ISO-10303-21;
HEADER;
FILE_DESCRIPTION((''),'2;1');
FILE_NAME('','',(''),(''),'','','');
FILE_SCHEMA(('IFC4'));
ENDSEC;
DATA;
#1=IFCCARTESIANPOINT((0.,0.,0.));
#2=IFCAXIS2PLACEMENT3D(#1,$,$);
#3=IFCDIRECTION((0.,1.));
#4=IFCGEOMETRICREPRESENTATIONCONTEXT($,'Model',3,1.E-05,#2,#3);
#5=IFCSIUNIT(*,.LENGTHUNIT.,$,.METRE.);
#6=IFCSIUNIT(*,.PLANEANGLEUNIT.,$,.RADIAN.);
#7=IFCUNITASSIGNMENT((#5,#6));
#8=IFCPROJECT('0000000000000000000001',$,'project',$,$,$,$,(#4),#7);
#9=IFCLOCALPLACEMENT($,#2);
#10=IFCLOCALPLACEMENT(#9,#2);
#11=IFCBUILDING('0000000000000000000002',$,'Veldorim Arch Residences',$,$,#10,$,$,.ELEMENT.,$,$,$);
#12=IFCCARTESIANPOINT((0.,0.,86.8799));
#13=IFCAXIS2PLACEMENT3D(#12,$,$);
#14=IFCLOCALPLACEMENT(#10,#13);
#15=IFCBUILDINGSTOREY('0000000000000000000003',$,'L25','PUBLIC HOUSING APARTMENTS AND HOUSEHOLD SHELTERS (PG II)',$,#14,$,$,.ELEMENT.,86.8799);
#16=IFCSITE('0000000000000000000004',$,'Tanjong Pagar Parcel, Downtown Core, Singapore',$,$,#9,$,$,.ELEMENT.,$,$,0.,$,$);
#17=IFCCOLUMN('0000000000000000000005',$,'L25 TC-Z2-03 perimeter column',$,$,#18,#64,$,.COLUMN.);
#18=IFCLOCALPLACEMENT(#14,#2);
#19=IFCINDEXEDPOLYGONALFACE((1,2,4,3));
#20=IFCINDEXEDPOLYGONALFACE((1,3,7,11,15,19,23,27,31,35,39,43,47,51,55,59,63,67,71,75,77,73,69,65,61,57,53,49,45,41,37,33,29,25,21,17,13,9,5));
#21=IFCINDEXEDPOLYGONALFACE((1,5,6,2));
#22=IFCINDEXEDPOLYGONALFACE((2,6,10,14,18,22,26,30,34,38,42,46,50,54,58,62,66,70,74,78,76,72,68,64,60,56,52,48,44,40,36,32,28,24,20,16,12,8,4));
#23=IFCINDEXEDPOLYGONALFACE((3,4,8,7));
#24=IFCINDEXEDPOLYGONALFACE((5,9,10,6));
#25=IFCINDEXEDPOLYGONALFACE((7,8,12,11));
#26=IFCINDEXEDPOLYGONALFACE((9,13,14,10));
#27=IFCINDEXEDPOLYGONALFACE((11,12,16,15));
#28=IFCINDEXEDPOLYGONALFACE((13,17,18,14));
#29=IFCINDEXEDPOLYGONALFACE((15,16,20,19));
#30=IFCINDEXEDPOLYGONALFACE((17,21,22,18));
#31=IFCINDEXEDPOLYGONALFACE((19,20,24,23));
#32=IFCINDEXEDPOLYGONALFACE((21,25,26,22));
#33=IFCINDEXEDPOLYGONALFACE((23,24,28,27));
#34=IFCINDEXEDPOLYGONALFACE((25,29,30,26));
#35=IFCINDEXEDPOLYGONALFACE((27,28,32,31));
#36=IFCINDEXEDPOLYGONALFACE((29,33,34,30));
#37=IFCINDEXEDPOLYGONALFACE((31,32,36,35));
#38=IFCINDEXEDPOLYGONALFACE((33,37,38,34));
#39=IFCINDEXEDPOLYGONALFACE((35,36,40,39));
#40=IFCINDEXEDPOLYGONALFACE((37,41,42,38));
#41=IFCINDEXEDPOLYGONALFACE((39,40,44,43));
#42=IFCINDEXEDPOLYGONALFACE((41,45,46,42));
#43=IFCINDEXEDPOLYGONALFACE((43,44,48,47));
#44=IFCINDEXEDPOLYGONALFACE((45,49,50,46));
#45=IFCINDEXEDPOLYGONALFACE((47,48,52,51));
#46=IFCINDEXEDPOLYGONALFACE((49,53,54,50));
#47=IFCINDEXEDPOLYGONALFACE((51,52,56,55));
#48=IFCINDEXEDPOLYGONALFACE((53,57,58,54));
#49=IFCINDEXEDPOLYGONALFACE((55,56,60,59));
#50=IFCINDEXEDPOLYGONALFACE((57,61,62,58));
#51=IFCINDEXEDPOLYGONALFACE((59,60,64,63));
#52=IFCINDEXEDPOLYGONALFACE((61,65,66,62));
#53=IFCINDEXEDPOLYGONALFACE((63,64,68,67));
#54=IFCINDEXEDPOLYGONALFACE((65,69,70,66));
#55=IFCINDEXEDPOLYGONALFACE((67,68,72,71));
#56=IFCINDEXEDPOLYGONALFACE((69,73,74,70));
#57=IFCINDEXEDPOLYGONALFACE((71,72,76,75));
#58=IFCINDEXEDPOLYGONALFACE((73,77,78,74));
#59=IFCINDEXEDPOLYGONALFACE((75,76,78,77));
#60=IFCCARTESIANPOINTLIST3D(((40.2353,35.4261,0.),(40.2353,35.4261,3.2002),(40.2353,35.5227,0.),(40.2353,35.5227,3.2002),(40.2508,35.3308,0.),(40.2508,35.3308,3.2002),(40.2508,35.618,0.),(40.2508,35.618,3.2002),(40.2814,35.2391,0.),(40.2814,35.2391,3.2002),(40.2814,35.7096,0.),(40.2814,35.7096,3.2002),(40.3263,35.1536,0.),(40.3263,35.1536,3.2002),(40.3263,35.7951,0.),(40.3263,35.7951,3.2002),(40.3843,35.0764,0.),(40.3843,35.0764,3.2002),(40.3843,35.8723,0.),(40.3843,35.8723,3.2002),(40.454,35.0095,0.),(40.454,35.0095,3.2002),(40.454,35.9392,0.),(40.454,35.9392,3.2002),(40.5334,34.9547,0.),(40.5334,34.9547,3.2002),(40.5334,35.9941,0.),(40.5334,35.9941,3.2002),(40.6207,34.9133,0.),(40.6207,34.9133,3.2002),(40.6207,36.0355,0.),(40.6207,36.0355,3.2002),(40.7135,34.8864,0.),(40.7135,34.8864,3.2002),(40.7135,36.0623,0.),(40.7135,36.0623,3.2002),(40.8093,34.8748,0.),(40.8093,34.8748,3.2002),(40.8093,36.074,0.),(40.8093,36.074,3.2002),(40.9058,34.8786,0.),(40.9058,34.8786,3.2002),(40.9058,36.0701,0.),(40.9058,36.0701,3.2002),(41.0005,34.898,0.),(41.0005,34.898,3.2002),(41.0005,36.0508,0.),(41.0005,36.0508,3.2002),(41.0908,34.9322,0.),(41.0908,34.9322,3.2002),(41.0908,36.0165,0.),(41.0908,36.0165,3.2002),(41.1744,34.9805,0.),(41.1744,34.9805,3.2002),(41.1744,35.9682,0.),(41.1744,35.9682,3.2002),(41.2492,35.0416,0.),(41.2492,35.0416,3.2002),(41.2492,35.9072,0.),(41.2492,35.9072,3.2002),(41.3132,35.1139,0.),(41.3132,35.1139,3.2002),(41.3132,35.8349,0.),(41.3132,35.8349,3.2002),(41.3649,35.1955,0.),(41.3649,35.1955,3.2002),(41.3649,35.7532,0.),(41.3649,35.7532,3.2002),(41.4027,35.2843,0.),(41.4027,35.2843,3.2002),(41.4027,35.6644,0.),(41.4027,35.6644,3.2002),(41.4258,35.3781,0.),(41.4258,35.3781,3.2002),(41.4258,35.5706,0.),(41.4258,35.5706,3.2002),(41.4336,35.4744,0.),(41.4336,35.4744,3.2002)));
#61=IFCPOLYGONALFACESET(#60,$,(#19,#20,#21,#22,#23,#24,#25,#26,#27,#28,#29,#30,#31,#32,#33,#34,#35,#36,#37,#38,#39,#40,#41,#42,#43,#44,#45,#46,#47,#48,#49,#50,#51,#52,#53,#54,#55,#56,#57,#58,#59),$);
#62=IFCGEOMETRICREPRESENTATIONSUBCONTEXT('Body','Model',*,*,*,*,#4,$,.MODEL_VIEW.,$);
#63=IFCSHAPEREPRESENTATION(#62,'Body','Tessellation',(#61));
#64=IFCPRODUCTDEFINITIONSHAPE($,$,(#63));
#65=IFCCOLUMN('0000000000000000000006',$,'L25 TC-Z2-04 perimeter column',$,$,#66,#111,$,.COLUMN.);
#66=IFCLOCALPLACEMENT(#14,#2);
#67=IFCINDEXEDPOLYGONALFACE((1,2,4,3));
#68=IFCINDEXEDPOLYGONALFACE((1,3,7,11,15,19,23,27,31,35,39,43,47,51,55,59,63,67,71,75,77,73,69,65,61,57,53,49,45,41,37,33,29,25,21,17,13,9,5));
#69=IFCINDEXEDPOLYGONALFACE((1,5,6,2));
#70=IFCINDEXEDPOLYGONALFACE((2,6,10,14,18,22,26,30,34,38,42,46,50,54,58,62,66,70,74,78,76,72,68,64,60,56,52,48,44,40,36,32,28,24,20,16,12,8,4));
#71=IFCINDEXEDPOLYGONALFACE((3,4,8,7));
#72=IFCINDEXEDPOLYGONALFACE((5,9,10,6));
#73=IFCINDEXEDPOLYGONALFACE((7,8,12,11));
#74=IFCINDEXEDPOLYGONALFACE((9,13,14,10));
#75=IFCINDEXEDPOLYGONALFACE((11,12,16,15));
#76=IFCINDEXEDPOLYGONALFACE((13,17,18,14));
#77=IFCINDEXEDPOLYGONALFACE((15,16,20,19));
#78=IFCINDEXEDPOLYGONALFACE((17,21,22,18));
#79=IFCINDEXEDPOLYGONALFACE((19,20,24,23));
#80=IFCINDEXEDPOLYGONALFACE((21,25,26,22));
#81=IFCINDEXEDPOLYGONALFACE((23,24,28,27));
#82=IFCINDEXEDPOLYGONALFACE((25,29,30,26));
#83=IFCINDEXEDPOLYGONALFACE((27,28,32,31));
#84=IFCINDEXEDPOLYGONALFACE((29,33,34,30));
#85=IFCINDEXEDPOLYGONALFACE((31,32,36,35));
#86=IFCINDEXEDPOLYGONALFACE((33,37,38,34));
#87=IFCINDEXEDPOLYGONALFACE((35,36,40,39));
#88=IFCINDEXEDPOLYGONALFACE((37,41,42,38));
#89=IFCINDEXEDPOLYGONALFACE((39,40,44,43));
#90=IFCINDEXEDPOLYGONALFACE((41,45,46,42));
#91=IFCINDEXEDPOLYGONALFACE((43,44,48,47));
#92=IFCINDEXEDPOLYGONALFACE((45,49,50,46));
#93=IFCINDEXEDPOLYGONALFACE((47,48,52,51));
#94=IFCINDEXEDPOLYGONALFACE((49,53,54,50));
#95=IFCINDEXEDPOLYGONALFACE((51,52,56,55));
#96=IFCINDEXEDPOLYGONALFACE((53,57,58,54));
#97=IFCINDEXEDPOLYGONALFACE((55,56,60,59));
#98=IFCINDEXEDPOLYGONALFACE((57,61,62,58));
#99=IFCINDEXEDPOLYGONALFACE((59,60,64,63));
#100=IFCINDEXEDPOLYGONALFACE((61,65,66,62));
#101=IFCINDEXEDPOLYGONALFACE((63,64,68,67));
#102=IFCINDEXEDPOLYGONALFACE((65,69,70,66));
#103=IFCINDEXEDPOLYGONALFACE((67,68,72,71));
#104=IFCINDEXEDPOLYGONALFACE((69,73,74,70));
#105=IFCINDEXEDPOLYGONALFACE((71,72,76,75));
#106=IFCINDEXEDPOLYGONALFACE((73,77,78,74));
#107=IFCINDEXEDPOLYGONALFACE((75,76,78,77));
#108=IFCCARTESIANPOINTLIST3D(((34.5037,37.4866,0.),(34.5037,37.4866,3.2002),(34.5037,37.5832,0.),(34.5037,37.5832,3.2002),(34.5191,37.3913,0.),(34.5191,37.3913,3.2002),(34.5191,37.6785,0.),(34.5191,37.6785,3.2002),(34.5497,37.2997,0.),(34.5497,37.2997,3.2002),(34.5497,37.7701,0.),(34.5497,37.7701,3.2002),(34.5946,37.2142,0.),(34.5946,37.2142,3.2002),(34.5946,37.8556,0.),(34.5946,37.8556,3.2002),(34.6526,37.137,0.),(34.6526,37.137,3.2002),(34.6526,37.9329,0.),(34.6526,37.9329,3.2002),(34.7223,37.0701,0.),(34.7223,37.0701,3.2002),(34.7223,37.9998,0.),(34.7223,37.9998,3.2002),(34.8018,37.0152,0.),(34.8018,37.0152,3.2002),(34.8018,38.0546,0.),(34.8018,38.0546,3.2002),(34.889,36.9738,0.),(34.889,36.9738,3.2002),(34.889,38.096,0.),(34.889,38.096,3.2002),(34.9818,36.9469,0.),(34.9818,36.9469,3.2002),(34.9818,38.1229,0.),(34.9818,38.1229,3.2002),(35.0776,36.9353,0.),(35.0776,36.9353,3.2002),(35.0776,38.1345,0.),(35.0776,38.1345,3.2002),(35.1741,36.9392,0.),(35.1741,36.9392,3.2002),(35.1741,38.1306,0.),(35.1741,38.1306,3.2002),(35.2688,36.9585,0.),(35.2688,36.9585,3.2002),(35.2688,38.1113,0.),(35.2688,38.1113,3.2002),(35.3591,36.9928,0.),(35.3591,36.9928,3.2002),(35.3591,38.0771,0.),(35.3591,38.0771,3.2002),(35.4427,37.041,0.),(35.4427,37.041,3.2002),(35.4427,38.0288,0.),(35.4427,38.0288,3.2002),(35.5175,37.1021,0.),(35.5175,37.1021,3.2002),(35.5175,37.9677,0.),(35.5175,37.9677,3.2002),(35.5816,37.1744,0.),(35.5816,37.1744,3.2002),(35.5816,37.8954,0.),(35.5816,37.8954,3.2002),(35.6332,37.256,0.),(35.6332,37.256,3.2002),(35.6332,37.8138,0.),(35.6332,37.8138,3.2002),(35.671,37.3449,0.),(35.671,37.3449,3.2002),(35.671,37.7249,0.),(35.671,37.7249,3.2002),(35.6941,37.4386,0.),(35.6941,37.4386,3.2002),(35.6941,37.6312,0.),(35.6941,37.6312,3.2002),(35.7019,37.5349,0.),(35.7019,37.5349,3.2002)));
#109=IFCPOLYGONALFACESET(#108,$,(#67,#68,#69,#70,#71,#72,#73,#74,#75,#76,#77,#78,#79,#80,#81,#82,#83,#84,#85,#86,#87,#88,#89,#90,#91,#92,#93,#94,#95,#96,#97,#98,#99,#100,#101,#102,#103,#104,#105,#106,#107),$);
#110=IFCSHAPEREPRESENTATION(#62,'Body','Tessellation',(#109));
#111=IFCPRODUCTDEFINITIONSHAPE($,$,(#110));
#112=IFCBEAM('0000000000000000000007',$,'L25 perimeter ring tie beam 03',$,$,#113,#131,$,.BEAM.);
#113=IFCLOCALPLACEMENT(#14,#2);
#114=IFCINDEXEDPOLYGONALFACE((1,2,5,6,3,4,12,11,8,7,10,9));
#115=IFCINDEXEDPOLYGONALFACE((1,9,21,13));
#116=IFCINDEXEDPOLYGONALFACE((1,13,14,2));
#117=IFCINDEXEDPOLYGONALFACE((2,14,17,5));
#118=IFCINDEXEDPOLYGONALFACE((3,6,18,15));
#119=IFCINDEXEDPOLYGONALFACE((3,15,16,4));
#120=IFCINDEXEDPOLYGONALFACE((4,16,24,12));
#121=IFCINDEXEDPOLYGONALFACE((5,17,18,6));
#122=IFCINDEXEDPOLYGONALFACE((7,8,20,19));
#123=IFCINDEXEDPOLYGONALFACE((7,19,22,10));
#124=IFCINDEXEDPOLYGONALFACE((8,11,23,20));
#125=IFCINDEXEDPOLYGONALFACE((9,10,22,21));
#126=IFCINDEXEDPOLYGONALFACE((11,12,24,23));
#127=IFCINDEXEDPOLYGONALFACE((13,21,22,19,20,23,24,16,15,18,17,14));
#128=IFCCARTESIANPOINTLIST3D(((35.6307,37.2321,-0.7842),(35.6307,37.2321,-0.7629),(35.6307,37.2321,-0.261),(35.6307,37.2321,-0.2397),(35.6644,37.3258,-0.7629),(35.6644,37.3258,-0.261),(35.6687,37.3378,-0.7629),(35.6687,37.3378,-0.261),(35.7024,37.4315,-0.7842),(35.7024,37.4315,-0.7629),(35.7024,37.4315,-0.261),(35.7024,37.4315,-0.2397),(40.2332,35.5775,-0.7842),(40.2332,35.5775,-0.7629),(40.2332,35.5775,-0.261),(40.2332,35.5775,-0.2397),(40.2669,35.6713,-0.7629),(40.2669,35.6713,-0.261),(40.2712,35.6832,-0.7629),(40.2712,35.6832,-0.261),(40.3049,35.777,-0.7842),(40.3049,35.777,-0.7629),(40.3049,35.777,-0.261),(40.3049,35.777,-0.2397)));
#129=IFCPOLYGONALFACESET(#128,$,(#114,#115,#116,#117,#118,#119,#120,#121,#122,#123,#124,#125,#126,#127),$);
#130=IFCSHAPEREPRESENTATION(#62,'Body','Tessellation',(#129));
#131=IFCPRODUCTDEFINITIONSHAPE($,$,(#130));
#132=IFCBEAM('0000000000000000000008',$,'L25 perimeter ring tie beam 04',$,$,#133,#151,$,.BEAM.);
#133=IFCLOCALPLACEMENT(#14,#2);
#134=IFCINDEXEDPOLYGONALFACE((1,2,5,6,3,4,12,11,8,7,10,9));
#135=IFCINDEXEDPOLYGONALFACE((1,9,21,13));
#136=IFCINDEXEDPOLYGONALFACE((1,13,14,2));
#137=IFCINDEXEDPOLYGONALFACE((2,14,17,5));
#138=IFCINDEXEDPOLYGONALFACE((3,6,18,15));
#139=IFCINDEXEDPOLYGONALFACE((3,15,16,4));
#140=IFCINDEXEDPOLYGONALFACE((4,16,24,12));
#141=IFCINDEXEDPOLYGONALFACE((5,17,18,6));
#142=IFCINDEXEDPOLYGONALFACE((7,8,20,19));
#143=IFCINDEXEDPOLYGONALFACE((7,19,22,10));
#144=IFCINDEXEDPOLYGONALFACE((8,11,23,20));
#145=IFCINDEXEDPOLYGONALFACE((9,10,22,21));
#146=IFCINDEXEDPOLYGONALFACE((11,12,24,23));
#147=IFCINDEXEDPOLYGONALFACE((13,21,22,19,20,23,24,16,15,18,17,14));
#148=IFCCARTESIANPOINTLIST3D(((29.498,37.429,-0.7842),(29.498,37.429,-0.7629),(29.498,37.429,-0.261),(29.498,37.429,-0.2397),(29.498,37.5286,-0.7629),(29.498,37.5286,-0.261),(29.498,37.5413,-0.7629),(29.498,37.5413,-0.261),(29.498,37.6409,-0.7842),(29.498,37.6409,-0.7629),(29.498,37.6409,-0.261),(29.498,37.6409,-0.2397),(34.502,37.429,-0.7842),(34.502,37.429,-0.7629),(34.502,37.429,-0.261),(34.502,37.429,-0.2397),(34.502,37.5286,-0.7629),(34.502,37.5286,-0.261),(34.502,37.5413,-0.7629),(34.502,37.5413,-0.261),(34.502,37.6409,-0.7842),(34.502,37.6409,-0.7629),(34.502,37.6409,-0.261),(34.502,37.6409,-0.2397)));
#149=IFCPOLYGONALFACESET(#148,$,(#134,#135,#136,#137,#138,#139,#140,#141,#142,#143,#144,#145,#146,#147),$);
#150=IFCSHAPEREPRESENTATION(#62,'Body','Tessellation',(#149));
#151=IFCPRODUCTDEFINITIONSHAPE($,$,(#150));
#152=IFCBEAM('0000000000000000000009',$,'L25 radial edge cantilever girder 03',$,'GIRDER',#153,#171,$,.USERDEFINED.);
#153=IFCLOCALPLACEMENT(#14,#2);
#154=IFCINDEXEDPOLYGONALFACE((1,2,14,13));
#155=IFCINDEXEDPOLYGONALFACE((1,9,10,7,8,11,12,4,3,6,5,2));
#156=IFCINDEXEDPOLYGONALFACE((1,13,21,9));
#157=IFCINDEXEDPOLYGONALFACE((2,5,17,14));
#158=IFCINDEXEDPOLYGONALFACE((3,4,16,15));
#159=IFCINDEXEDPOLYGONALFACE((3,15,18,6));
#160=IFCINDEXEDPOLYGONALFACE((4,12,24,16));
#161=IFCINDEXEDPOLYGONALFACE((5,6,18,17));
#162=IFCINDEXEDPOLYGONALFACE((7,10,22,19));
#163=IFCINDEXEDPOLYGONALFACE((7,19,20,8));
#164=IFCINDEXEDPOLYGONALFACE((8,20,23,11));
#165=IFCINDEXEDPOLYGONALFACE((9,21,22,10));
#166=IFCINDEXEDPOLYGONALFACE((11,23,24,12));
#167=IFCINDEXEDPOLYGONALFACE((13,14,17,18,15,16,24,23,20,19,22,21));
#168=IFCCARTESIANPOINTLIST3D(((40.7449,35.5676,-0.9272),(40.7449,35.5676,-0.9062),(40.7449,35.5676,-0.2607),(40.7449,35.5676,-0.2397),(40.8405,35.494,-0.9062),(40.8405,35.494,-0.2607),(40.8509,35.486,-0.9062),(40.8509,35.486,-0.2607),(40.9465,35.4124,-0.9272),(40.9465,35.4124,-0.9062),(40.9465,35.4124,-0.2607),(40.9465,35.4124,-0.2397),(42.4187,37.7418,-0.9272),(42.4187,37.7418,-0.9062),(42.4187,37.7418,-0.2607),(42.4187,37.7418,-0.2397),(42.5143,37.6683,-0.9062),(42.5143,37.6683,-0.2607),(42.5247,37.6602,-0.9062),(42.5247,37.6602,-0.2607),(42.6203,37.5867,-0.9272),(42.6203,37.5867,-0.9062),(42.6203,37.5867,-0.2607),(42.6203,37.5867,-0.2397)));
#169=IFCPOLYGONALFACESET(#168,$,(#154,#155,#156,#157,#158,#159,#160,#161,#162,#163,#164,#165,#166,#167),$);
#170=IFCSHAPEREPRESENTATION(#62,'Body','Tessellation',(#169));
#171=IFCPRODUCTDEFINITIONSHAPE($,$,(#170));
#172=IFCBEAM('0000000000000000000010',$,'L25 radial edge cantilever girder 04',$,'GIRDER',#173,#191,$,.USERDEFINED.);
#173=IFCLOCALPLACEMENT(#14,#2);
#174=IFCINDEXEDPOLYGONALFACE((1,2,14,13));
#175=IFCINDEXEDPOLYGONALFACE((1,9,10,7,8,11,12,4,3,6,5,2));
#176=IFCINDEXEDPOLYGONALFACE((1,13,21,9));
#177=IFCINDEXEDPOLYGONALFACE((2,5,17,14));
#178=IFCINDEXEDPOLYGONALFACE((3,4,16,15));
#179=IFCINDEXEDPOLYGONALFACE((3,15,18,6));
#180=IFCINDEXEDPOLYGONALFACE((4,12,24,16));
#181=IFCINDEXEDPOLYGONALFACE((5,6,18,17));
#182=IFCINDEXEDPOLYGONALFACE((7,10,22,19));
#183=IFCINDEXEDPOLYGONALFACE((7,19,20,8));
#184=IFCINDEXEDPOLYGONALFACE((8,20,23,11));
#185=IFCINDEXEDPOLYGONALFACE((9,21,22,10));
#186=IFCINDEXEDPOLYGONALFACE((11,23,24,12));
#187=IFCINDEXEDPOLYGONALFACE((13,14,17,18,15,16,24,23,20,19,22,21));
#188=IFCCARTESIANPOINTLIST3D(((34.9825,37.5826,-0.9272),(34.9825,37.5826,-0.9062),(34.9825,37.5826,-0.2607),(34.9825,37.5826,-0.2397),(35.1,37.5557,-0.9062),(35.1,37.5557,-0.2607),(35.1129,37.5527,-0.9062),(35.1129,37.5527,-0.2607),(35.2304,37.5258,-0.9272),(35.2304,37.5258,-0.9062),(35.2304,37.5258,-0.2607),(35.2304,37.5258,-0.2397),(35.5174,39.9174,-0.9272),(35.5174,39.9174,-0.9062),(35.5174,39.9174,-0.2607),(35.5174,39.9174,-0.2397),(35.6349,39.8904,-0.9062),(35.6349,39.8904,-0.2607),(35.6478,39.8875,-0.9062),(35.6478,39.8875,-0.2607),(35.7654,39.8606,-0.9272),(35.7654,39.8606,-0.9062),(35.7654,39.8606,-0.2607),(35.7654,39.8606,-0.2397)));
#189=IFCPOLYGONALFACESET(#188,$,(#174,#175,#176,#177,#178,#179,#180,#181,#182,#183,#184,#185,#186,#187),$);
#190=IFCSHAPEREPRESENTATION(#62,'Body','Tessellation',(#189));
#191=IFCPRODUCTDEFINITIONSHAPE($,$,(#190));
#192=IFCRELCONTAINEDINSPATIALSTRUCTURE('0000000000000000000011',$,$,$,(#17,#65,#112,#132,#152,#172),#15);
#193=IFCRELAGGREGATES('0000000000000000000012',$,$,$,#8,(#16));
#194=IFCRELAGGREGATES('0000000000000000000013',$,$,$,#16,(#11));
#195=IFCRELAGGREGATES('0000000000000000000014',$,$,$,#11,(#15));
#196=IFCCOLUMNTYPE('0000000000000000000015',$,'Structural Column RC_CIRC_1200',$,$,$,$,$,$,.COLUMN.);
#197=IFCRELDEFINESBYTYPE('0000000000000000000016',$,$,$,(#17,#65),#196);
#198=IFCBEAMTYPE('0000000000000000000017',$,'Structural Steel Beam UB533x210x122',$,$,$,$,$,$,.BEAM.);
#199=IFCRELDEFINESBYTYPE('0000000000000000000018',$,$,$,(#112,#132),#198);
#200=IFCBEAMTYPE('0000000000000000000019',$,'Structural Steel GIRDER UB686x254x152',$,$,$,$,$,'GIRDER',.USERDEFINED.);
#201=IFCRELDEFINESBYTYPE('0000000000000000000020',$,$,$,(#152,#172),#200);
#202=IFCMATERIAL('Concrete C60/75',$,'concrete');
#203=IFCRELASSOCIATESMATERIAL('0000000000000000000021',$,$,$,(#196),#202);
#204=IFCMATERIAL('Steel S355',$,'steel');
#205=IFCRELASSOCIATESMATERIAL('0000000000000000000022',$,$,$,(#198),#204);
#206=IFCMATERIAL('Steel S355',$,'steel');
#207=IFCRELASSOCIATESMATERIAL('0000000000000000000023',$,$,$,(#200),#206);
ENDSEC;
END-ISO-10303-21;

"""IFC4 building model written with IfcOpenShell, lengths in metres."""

from ifc_helpers import new_model, si_unit, direction, frame, origin, origin_2d, place, context, subcontext, project, spatial, circle, i_section, extrude, material, material_profile, profile_set, type_object, element, save


model = new_model("IFC4")

# Units and contexts
model_context = context("Model", 3, precision=1e-05, world=origin(), true_north=direction((0.0, 1.0)))
body_context = subcontext(model_context, "Body", "Model", "MODEL_VIEW")
ifc_project = project(units=[si_unit("LENGTHUNIT", "METRE"), si_unit("PLANEANGLEUNIT", "RADIAN")], contexts=[model_context])

# Site, building, storey
site_placement = place(None, origin())
site = spatial("IfcSite", under=ifc_project, at=site_placement, Name="Tanjong Pagar Parcel, Downtown Core, Singapore", CompositionType="ELEMENT", RefElevation=0.0)
building_placement = place(site_placement, origin())
building = spatial("IfcBuilding", under=site, at=building_placement, Name="Veldorim Arch Residences", CompositionType="ELEMENT")
storey_placement = place(building_placement, frame((0.0, 0.0, 86.8799)))
storey = spatial("IfcBuildingStorey", under=building, at=storey_placement, Name="L25", Description="PUBLIC HOUSING APARTMENTS AND HOUSEHOLD SHELTERS (PG II)", CompositionType="ELEMENT", Elevation=86.8799)

# Columns
ifc_material_1 = material(Name="Concrete C60/75", Category="concrete")
ifc_material_profile_1 = material_profile(ifc_material_1, circle(Radius=0.6001, at=origin_2d()), Name="RC_CIRC_1200")
ifc_profile_set_1 = profile_set([ifc_material_profile_1], Name="Concrete C60/75")
column_type = type_object("IfcColumnType", Name="Structural Column RC_CIRC_1200", PredefinedType="COLUMN", material=ifc_profile_set_1)
for number, where, z_axis, x_axis, name in (
    (1, (40.8335, 35.4744, 0.0), (0.0, 0.0, 1.0), (1.0, 0.0, 0.0), "L25 TC-Z2-03 perimeter column"),
    (2, (35.1018, 37.5349, 0.0), (0.0, 0.0, 1.0), (1.0, 0.0, 0.0), "L25 TC-Z2-04 perimeter column"),
):
    element("IfcColumn", number, at=place(storey_placement, frame(where, z_axis=z_axis, x_axis=x_axis)), inside=storey, type_object=column_type, Name=name, PredefinedType="COLUMN", context=body_context, shape_type="SweptSolid", body=[
        extrude(circle(Radius=0.6001, at=origin_2d()), origin(), (0.0, 0.0, 1.0), 3.2002),
    ])

# Beams
ifc_material_2 = material(Name="Steel S355", Category="steel")
ifc_material_profile_2 = material_profile(ifc_material_2, i_section(OverallWidth=0.2119, OverallDepth=0.5444, WebThickness=0.0127, FlangeThickness=0.0212, at=origin_2d()), Name="UB533x210x122")
ifc_profile_set_2 = profile_set([ifc_material_profile_2], Name="Steel S355")
beam_type_1 = type_object("IfcBeamType", Name="Structural Steel Beam UB533x210x122", PredefinedType="BEAM", material=ifc_profile_set_2)
beam_1_placement = place(storey_placement, frame((40.269, 35.6772, -0.512), z_axis=(-0.941042, 0.33829, 0.0), x_axis=(-0.33829, -0.941042, 0.0)))
element("IfcBeam", 3, at=beam_1_placement, inside=storey, type_object=beam_type_1, Name="L25 perimeter ring tie beam 03", PredefinedType="BEAM", context=body_context, shape_type="SweptSolid", body=[
    extrude(i_section(OverallWidth=0.2119, OverallDepth=0.5444, WebThickness=0.0127, FlangeThickness=0.0212, at=origin_2d()), origin(), (0.0, 0.0, 1.0), 4.8909),
])
beam_2_placement = place(storey_placement, frame((34.502, 37.5349, -0.512), z_axis=(-1.0, 0.0, 0.0), x_axis=(0.0, -1.0, 0.0)))
element("IfcBeam", 4, at=beam_2_placement, inside=storey, type_object=beam_type_1, Name="L25 perimeter ring tie beam 04", PredefinedType="BEAM", context=body_context, shape_type="SweptSolid", body=[
    extrude(i_section(OverallWidth=0.2119, OverallDepth=0.5444, WebThickness=0.0127, FlangeThickness=0.0212, at=origin_2d()), origin(), (0.0, 0.0, 1.0), 5.0039),
])
ifc_material_3 = material(Name="Steel S355", Category="steel")
ifc_material_profile_3 = material_profile(ifc_material_3, i_section(OverallWidth=0.2544, OverallDepth=0.6875, WebThickness=0.0132, FlangeThickness=0.021, at=origin_2d()), Name="UB686x254x152")
ifc_profile_set_3 = profile_set([ifc_material_profile_3], Name="Steel S355")
beam_type_2 = type_object("IfcBeamType", Name="Structural Steel GIRDER UB686x254x152", ElementType="GIRDER", PredefinedType="USERDEFINED", material=ifc_profile_set_3)
beam_3_placement = place(storey_placement, frame((40.8457, 35.49, -0.5835), z_axis=(0.610003, 0.792399, 0.0), x_axis=(-0.792399, 0.610003, 0.0)))
element("IfcBeam", 5, at=beam_3_placement, inside=storey, type_object=beam_type_2, Name="L25 radial edge cantilever girder 03", ObjectType="GIRDER", PredefinedType="USERDEFINED", context=body_context, shape_type="SweptSolid", body=[
    extrude(i_section(OverallWidth=0.2544, OverallDepth=0.6875, WebThickness=0.0132, FlangeThickness=0.021, at=origin_2d()), origin(), (0.0, 0.0, 1.0), 2.7439),
])
beam_4_placement = place(storey_placement, frame((35.1064, 37.5542, -0.5835), z_axis=(0.223326, 0.974744, 0.0), x_axis=(-0.974744, 0.223326, 0.0)))
element("IfcBeam", 6, at=beam_4_placement, inside=storey, type_object=beam_type_2, Name="L25 radial edge cantilever girder 04", ObjectType="GIRDER", PredefinedType="USERDEFINED", context=body_context, shape_type="SweptSolid", body=[
    extrude(i_section(OverallWidth=0.2544, OverallDepth=0.6875, WebThickness=0.0132, FlangeThickness=0.021, at=origin_2d()), origin(), (0.0, 0.0, 1.0), 2.3953),
])

save(model, "model.ifc")
